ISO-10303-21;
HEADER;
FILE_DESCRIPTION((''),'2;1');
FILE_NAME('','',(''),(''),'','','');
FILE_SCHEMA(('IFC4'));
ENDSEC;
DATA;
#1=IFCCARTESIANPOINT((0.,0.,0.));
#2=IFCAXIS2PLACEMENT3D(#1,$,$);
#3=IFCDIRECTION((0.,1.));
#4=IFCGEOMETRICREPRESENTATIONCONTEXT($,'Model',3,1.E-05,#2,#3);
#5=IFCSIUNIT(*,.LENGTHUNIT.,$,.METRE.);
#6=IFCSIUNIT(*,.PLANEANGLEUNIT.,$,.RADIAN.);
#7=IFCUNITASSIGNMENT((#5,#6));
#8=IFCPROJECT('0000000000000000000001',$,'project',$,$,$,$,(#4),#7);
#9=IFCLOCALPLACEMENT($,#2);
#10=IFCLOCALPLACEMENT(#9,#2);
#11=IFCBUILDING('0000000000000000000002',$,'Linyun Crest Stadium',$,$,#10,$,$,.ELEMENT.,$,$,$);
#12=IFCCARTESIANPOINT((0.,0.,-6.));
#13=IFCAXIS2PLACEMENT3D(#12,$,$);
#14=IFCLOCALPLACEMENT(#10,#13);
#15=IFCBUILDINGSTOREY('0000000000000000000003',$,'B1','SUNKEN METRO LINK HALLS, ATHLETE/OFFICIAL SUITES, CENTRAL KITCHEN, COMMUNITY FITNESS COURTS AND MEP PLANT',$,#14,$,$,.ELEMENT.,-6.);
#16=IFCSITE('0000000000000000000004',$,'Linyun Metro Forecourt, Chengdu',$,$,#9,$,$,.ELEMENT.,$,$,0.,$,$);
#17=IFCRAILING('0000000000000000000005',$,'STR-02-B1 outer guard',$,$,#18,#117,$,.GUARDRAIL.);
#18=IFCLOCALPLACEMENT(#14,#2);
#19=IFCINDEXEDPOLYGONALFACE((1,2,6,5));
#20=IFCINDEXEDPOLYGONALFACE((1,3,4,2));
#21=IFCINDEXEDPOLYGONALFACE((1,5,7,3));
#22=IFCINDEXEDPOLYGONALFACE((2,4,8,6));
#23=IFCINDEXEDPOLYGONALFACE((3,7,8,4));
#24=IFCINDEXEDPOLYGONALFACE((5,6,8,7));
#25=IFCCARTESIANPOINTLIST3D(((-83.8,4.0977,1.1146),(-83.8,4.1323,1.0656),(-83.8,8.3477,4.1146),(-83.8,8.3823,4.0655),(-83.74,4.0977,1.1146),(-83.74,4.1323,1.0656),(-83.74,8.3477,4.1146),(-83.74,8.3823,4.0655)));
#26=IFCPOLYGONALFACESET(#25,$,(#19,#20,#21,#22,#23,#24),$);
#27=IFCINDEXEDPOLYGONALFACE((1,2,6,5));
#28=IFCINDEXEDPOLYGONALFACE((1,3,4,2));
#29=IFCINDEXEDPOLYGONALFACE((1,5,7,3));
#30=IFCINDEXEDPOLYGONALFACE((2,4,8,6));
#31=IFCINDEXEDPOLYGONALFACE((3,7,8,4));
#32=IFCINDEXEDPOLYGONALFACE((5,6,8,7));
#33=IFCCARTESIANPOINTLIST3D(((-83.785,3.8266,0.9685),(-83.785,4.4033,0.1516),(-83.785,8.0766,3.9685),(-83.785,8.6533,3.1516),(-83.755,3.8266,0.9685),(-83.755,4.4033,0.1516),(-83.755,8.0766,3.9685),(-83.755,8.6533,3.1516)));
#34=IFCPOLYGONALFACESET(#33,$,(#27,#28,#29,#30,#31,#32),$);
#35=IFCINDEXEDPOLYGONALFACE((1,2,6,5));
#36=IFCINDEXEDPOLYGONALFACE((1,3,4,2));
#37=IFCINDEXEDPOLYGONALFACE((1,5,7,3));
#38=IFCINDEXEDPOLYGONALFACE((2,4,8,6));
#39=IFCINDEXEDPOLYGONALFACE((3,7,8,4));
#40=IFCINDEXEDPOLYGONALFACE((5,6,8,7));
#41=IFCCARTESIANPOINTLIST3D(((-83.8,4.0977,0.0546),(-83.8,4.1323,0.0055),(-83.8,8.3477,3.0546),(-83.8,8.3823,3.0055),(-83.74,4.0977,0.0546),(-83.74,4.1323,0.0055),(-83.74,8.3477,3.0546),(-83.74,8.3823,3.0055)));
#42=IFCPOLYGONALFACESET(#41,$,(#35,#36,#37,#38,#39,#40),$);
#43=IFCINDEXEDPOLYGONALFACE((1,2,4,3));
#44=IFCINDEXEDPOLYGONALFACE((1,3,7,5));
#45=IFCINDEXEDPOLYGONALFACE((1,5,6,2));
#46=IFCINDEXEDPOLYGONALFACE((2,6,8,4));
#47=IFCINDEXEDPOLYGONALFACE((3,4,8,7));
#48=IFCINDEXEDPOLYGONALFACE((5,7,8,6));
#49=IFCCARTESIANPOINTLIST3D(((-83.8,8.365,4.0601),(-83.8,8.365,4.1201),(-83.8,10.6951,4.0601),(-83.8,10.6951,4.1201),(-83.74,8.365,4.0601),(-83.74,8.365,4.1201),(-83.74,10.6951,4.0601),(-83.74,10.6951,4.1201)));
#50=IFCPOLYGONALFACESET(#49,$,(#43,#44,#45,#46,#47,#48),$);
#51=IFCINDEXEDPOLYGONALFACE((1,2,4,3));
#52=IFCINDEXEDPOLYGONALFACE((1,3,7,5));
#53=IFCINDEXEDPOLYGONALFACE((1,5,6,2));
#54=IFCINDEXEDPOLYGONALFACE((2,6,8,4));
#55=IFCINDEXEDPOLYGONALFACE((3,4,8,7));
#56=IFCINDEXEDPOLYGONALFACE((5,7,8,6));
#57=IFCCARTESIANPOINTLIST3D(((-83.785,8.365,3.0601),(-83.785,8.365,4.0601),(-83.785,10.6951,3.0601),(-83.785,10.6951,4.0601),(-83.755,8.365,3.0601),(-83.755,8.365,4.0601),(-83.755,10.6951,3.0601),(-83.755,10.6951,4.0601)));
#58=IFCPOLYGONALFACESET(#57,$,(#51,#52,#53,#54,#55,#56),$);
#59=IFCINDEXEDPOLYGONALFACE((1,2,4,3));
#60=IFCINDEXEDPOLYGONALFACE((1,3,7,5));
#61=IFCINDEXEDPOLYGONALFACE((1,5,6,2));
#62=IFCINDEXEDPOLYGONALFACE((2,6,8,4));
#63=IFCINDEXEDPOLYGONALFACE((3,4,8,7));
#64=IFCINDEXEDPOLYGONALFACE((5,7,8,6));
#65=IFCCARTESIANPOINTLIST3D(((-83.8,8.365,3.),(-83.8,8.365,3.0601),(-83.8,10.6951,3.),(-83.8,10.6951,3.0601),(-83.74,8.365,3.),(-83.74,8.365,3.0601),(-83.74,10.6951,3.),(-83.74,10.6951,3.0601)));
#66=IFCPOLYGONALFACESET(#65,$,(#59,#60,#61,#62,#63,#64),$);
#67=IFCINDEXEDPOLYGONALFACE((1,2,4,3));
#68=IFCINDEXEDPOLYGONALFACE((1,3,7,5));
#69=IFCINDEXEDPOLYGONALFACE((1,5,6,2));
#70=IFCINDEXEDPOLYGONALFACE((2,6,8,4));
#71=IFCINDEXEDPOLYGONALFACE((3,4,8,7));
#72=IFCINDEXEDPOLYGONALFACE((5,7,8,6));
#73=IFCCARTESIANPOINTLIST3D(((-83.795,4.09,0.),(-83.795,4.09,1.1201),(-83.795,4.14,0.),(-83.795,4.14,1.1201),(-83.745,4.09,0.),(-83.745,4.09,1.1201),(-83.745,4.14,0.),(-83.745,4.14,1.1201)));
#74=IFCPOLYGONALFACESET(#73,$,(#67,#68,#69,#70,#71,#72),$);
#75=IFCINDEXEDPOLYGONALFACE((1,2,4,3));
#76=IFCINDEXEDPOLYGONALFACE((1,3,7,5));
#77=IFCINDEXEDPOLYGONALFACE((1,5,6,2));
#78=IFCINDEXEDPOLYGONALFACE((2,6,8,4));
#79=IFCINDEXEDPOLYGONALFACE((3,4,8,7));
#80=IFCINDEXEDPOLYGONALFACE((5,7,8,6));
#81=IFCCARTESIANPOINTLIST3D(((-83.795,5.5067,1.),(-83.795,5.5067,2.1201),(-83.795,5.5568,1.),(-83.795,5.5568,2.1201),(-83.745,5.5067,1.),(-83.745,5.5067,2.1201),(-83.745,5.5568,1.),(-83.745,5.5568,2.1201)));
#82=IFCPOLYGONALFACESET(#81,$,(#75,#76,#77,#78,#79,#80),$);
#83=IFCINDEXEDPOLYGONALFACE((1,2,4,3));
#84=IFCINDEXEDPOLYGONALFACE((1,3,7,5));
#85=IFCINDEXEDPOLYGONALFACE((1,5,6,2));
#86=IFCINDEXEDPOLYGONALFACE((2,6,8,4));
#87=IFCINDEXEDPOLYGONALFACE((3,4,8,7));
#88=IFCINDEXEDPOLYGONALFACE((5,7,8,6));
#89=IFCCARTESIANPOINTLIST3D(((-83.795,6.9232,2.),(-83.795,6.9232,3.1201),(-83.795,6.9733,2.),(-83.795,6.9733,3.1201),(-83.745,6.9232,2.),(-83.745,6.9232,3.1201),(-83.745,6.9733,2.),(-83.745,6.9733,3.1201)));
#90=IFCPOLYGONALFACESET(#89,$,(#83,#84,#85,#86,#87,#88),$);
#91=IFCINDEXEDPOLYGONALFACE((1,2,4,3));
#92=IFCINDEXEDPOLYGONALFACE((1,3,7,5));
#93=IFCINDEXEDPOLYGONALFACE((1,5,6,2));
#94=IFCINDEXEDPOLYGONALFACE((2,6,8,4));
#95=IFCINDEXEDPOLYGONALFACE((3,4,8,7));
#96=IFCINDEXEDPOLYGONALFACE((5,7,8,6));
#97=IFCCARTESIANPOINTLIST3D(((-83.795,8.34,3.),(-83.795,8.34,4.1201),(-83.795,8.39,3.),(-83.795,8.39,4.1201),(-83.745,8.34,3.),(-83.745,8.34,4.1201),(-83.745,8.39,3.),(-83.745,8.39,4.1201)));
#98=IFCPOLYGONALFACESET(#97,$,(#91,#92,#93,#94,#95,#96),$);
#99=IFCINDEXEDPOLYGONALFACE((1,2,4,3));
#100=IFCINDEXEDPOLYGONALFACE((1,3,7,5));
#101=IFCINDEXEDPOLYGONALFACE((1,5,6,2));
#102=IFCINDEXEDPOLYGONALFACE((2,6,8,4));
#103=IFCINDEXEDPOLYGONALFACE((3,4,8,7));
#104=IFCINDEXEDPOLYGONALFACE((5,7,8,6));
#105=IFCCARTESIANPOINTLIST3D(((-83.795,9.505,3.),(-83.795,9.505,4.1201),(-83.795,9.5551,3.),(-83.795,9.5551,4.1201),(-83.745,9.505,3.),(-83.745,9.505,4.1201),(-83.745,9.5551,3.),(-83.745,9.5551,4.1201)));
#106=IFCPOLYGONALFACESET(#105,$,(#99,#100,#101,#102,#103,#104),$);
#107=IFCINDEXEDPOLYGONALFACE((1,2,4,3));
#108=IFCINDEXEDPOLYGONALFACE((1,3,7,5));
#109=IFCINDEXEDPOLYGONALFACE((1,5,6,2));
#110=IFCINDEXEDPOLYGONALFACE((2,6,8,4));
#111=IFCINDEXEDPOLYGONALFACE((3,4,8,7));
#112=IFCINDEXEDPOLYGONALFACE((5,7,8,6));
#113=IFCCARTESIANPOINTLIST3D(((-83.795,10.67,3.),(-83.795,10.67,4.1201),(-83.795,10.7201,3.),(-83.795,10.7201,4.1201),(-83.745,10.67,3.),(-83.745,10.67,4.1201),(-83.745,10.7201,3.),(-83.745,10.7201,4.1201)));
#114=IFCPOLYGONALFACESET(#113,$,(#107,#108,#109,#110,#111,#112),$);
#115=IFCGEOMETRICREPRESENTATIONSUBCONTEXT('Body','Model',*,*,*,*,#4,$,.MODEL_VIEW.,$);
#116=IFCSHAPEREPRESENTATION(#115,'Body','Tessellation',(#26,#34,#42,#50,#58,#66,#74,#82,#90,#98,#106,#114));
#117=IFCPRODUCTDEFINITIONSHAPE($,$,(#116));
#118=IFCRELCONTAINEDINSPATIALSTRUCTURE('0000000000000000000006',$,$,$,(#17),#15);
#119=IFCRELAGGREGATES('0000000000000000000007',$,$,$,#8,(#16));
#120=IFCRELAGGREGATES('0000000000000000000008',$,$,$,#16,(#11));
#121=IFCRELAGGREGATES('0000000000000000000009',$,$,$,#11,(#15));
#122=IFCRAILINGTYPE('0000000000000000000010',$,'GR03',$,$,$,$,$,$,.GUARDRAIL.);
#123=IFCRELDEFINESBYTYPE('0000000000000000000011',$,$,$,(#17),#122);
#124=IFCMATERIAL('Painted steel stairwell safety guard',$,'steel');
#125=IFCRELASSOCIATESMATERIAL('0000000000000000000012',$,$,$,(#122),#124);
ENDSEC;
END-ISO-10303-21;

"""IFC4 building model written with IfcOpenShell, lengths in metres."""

from ifc_helpers import new_model, si_unit, direction, frame, origin, origin_2d, place, context, subcontext, project, spatial, rectangle, extrude, material, type_object, element, save


model = new_model("IFC4")

# Units and contexts
model_context = context("Model", 3, precision=1e-05, world=origin(), true_north=direction((0.0, 1.0)))
body_context = subcontext(model_context, "Body", "Model", "MODEL_VIEW")
ifc_project = project(units=[si_unit("LENGTHUNIT", "METRE"), si_unit("PLANEANGLEUNIT", "RADIAN")], contexts=[model_context])

# Site, building, storey
site_placement = place(None, origin())
site = spatial("IfcSite", under=ifc_project, at=site_placement, Name="Linyun Metro Forecourt, Chengdu", CompositionType="ELEMENT", RefElevation=0.0)
building_placement = place(site_placement, origin())
building = spatial("IfcBuilding", under=site, at=building_placement, Name="Linyun Crest Stadium", CompositionType="ELEMENT")
storey_placement = place(building_placement, frame((0.0, 0.0, -6.0)))
storey = spatial("IfcBuildingStorey", under=building, at=storey_placement, Name="B1", Description="SUNKEN METRO LINK HALLS, ATHLETE/OFFICIAL SUITES, CENTRAL KITCHEN, COMMUNITY FITNESS COURTS AND MEP PLANT", CompositionType="ELEMENT", Elevation=-6.0)

# Railing
ifc_material_1 = material(Name="Painted steel stairwell safety guard", Category="steel")
railing_type = type_object("IfcRailingType", Name="GR03", PredefinedType="GUARDRAIL", material=ifc_material_1)
railing_placement = place(storey_placement, frame((-83.77, 4.115, 0.0)))
element("IfcRailing", 1, at=railing_placement, inside=storey, type_object=railing_type, Name="STR-02-B1 outer guard", PredefinedType="GUARDRAIL", context=body_context, shape_type="SweptSolid", body=[
    extrude(rectangle(XDim=0.0601, YDim=0.0601, at=origin_2d()), frame((0.0, 0.0, 1.0901), z_axis=(0.0, 0.816968, 0.576683), x_axis=(-1.0, 0.0, 0.0)), (0.0, 0.0, 1.0), 5.2021),
    extrude(rectangle(XDim=0.03, YDim=1.0, at=origin_2d()), frame((0.0, 0.0, 0.5601), z_axis=(0.0, 0.816968, 0.576683), x_axis=(-1.0, 0.0, 0.0)), (0.0, 0.0, 1.0), 5.2021),
    extrude(rectangle(XDim=0.0601, YDim=0.0601, at=origin_2d()), frame((0.0, 0.0, 0.03), z_axis=(0.0, 0.816968, 0.576683), x_axis=(-1.0, 0.0, 0.0)), (0.0, 0.0, 1.0), 5.2021),
    extrude(rectangle(XDim=0.0601, YDim=0.0601, at=origin_2d()), frame((0.0, 4.25, 4.0901), z_axis=(0.0, 1.0, 0.0), x_axis=(-1.0, 0.0, 0.0)), (0.0, 0.0, 1.0), 2.3301),
    extrude(rectangle(XDim=0.03, YDim=1.0, at=origin_2d()), frame((0.0, 4.25, 3.5601), z_axis=(0.0, 1.0, 0.0), x_axis=(-1.0, 0.0, 0.0)), (0.0, 0.0, 1.0), 2.3301),
    extrude(rectangle(XDim=0.0601, YDim=0.0601, at=origin_2d()), frame((0.0, 4.25, 3.03), z_axis=(0.0, 1.0, 0.0), x_axis=(-1.0, 0.0, 0.0)), (0.0, 0.0, 1.0), 2.3301),
    extrude(rectangle(XDim=0.05, YDim=0.05, at=origin_2d()), origin(), (0.0, 0.0, 1.0), 1.1201),
    extrude(rectangle(XDim=0.05, YDim=0.05, at=origin_2d()), frame((0.0, 1.4167, 1.0)), (0.0, 0.0, 1.0), 1.1201),
    extrude(rectangle(XDim=0.05, YDim=0.05, at=origin_2d()), frame((0.0, 2.8333, 2.0)), (0.0, 0.0, 1.0), 1.1201),
    extrude(rectangle(XDim=0.05, YDim=0.05, at=origin_2d()), frame((0.0, 4.25, 3.0)), (0.0, 0.0, 1.0), 1.1201),
    extrude(rectangle(XDim=0.05, YDim=0.05, at=origin_2d()), frame((0.0, 5.415, 3.0)), (0.0, 0.0, 1.0), 1.1201),
    extrude(rectangle(XDim=0.05, YDim=0.05, at=origin_2d()), frame((0.0, 6.5801, 3.0)), (0.0, 0.0, 1.0), 1.1201),
])

save(model, "model.ifc")
